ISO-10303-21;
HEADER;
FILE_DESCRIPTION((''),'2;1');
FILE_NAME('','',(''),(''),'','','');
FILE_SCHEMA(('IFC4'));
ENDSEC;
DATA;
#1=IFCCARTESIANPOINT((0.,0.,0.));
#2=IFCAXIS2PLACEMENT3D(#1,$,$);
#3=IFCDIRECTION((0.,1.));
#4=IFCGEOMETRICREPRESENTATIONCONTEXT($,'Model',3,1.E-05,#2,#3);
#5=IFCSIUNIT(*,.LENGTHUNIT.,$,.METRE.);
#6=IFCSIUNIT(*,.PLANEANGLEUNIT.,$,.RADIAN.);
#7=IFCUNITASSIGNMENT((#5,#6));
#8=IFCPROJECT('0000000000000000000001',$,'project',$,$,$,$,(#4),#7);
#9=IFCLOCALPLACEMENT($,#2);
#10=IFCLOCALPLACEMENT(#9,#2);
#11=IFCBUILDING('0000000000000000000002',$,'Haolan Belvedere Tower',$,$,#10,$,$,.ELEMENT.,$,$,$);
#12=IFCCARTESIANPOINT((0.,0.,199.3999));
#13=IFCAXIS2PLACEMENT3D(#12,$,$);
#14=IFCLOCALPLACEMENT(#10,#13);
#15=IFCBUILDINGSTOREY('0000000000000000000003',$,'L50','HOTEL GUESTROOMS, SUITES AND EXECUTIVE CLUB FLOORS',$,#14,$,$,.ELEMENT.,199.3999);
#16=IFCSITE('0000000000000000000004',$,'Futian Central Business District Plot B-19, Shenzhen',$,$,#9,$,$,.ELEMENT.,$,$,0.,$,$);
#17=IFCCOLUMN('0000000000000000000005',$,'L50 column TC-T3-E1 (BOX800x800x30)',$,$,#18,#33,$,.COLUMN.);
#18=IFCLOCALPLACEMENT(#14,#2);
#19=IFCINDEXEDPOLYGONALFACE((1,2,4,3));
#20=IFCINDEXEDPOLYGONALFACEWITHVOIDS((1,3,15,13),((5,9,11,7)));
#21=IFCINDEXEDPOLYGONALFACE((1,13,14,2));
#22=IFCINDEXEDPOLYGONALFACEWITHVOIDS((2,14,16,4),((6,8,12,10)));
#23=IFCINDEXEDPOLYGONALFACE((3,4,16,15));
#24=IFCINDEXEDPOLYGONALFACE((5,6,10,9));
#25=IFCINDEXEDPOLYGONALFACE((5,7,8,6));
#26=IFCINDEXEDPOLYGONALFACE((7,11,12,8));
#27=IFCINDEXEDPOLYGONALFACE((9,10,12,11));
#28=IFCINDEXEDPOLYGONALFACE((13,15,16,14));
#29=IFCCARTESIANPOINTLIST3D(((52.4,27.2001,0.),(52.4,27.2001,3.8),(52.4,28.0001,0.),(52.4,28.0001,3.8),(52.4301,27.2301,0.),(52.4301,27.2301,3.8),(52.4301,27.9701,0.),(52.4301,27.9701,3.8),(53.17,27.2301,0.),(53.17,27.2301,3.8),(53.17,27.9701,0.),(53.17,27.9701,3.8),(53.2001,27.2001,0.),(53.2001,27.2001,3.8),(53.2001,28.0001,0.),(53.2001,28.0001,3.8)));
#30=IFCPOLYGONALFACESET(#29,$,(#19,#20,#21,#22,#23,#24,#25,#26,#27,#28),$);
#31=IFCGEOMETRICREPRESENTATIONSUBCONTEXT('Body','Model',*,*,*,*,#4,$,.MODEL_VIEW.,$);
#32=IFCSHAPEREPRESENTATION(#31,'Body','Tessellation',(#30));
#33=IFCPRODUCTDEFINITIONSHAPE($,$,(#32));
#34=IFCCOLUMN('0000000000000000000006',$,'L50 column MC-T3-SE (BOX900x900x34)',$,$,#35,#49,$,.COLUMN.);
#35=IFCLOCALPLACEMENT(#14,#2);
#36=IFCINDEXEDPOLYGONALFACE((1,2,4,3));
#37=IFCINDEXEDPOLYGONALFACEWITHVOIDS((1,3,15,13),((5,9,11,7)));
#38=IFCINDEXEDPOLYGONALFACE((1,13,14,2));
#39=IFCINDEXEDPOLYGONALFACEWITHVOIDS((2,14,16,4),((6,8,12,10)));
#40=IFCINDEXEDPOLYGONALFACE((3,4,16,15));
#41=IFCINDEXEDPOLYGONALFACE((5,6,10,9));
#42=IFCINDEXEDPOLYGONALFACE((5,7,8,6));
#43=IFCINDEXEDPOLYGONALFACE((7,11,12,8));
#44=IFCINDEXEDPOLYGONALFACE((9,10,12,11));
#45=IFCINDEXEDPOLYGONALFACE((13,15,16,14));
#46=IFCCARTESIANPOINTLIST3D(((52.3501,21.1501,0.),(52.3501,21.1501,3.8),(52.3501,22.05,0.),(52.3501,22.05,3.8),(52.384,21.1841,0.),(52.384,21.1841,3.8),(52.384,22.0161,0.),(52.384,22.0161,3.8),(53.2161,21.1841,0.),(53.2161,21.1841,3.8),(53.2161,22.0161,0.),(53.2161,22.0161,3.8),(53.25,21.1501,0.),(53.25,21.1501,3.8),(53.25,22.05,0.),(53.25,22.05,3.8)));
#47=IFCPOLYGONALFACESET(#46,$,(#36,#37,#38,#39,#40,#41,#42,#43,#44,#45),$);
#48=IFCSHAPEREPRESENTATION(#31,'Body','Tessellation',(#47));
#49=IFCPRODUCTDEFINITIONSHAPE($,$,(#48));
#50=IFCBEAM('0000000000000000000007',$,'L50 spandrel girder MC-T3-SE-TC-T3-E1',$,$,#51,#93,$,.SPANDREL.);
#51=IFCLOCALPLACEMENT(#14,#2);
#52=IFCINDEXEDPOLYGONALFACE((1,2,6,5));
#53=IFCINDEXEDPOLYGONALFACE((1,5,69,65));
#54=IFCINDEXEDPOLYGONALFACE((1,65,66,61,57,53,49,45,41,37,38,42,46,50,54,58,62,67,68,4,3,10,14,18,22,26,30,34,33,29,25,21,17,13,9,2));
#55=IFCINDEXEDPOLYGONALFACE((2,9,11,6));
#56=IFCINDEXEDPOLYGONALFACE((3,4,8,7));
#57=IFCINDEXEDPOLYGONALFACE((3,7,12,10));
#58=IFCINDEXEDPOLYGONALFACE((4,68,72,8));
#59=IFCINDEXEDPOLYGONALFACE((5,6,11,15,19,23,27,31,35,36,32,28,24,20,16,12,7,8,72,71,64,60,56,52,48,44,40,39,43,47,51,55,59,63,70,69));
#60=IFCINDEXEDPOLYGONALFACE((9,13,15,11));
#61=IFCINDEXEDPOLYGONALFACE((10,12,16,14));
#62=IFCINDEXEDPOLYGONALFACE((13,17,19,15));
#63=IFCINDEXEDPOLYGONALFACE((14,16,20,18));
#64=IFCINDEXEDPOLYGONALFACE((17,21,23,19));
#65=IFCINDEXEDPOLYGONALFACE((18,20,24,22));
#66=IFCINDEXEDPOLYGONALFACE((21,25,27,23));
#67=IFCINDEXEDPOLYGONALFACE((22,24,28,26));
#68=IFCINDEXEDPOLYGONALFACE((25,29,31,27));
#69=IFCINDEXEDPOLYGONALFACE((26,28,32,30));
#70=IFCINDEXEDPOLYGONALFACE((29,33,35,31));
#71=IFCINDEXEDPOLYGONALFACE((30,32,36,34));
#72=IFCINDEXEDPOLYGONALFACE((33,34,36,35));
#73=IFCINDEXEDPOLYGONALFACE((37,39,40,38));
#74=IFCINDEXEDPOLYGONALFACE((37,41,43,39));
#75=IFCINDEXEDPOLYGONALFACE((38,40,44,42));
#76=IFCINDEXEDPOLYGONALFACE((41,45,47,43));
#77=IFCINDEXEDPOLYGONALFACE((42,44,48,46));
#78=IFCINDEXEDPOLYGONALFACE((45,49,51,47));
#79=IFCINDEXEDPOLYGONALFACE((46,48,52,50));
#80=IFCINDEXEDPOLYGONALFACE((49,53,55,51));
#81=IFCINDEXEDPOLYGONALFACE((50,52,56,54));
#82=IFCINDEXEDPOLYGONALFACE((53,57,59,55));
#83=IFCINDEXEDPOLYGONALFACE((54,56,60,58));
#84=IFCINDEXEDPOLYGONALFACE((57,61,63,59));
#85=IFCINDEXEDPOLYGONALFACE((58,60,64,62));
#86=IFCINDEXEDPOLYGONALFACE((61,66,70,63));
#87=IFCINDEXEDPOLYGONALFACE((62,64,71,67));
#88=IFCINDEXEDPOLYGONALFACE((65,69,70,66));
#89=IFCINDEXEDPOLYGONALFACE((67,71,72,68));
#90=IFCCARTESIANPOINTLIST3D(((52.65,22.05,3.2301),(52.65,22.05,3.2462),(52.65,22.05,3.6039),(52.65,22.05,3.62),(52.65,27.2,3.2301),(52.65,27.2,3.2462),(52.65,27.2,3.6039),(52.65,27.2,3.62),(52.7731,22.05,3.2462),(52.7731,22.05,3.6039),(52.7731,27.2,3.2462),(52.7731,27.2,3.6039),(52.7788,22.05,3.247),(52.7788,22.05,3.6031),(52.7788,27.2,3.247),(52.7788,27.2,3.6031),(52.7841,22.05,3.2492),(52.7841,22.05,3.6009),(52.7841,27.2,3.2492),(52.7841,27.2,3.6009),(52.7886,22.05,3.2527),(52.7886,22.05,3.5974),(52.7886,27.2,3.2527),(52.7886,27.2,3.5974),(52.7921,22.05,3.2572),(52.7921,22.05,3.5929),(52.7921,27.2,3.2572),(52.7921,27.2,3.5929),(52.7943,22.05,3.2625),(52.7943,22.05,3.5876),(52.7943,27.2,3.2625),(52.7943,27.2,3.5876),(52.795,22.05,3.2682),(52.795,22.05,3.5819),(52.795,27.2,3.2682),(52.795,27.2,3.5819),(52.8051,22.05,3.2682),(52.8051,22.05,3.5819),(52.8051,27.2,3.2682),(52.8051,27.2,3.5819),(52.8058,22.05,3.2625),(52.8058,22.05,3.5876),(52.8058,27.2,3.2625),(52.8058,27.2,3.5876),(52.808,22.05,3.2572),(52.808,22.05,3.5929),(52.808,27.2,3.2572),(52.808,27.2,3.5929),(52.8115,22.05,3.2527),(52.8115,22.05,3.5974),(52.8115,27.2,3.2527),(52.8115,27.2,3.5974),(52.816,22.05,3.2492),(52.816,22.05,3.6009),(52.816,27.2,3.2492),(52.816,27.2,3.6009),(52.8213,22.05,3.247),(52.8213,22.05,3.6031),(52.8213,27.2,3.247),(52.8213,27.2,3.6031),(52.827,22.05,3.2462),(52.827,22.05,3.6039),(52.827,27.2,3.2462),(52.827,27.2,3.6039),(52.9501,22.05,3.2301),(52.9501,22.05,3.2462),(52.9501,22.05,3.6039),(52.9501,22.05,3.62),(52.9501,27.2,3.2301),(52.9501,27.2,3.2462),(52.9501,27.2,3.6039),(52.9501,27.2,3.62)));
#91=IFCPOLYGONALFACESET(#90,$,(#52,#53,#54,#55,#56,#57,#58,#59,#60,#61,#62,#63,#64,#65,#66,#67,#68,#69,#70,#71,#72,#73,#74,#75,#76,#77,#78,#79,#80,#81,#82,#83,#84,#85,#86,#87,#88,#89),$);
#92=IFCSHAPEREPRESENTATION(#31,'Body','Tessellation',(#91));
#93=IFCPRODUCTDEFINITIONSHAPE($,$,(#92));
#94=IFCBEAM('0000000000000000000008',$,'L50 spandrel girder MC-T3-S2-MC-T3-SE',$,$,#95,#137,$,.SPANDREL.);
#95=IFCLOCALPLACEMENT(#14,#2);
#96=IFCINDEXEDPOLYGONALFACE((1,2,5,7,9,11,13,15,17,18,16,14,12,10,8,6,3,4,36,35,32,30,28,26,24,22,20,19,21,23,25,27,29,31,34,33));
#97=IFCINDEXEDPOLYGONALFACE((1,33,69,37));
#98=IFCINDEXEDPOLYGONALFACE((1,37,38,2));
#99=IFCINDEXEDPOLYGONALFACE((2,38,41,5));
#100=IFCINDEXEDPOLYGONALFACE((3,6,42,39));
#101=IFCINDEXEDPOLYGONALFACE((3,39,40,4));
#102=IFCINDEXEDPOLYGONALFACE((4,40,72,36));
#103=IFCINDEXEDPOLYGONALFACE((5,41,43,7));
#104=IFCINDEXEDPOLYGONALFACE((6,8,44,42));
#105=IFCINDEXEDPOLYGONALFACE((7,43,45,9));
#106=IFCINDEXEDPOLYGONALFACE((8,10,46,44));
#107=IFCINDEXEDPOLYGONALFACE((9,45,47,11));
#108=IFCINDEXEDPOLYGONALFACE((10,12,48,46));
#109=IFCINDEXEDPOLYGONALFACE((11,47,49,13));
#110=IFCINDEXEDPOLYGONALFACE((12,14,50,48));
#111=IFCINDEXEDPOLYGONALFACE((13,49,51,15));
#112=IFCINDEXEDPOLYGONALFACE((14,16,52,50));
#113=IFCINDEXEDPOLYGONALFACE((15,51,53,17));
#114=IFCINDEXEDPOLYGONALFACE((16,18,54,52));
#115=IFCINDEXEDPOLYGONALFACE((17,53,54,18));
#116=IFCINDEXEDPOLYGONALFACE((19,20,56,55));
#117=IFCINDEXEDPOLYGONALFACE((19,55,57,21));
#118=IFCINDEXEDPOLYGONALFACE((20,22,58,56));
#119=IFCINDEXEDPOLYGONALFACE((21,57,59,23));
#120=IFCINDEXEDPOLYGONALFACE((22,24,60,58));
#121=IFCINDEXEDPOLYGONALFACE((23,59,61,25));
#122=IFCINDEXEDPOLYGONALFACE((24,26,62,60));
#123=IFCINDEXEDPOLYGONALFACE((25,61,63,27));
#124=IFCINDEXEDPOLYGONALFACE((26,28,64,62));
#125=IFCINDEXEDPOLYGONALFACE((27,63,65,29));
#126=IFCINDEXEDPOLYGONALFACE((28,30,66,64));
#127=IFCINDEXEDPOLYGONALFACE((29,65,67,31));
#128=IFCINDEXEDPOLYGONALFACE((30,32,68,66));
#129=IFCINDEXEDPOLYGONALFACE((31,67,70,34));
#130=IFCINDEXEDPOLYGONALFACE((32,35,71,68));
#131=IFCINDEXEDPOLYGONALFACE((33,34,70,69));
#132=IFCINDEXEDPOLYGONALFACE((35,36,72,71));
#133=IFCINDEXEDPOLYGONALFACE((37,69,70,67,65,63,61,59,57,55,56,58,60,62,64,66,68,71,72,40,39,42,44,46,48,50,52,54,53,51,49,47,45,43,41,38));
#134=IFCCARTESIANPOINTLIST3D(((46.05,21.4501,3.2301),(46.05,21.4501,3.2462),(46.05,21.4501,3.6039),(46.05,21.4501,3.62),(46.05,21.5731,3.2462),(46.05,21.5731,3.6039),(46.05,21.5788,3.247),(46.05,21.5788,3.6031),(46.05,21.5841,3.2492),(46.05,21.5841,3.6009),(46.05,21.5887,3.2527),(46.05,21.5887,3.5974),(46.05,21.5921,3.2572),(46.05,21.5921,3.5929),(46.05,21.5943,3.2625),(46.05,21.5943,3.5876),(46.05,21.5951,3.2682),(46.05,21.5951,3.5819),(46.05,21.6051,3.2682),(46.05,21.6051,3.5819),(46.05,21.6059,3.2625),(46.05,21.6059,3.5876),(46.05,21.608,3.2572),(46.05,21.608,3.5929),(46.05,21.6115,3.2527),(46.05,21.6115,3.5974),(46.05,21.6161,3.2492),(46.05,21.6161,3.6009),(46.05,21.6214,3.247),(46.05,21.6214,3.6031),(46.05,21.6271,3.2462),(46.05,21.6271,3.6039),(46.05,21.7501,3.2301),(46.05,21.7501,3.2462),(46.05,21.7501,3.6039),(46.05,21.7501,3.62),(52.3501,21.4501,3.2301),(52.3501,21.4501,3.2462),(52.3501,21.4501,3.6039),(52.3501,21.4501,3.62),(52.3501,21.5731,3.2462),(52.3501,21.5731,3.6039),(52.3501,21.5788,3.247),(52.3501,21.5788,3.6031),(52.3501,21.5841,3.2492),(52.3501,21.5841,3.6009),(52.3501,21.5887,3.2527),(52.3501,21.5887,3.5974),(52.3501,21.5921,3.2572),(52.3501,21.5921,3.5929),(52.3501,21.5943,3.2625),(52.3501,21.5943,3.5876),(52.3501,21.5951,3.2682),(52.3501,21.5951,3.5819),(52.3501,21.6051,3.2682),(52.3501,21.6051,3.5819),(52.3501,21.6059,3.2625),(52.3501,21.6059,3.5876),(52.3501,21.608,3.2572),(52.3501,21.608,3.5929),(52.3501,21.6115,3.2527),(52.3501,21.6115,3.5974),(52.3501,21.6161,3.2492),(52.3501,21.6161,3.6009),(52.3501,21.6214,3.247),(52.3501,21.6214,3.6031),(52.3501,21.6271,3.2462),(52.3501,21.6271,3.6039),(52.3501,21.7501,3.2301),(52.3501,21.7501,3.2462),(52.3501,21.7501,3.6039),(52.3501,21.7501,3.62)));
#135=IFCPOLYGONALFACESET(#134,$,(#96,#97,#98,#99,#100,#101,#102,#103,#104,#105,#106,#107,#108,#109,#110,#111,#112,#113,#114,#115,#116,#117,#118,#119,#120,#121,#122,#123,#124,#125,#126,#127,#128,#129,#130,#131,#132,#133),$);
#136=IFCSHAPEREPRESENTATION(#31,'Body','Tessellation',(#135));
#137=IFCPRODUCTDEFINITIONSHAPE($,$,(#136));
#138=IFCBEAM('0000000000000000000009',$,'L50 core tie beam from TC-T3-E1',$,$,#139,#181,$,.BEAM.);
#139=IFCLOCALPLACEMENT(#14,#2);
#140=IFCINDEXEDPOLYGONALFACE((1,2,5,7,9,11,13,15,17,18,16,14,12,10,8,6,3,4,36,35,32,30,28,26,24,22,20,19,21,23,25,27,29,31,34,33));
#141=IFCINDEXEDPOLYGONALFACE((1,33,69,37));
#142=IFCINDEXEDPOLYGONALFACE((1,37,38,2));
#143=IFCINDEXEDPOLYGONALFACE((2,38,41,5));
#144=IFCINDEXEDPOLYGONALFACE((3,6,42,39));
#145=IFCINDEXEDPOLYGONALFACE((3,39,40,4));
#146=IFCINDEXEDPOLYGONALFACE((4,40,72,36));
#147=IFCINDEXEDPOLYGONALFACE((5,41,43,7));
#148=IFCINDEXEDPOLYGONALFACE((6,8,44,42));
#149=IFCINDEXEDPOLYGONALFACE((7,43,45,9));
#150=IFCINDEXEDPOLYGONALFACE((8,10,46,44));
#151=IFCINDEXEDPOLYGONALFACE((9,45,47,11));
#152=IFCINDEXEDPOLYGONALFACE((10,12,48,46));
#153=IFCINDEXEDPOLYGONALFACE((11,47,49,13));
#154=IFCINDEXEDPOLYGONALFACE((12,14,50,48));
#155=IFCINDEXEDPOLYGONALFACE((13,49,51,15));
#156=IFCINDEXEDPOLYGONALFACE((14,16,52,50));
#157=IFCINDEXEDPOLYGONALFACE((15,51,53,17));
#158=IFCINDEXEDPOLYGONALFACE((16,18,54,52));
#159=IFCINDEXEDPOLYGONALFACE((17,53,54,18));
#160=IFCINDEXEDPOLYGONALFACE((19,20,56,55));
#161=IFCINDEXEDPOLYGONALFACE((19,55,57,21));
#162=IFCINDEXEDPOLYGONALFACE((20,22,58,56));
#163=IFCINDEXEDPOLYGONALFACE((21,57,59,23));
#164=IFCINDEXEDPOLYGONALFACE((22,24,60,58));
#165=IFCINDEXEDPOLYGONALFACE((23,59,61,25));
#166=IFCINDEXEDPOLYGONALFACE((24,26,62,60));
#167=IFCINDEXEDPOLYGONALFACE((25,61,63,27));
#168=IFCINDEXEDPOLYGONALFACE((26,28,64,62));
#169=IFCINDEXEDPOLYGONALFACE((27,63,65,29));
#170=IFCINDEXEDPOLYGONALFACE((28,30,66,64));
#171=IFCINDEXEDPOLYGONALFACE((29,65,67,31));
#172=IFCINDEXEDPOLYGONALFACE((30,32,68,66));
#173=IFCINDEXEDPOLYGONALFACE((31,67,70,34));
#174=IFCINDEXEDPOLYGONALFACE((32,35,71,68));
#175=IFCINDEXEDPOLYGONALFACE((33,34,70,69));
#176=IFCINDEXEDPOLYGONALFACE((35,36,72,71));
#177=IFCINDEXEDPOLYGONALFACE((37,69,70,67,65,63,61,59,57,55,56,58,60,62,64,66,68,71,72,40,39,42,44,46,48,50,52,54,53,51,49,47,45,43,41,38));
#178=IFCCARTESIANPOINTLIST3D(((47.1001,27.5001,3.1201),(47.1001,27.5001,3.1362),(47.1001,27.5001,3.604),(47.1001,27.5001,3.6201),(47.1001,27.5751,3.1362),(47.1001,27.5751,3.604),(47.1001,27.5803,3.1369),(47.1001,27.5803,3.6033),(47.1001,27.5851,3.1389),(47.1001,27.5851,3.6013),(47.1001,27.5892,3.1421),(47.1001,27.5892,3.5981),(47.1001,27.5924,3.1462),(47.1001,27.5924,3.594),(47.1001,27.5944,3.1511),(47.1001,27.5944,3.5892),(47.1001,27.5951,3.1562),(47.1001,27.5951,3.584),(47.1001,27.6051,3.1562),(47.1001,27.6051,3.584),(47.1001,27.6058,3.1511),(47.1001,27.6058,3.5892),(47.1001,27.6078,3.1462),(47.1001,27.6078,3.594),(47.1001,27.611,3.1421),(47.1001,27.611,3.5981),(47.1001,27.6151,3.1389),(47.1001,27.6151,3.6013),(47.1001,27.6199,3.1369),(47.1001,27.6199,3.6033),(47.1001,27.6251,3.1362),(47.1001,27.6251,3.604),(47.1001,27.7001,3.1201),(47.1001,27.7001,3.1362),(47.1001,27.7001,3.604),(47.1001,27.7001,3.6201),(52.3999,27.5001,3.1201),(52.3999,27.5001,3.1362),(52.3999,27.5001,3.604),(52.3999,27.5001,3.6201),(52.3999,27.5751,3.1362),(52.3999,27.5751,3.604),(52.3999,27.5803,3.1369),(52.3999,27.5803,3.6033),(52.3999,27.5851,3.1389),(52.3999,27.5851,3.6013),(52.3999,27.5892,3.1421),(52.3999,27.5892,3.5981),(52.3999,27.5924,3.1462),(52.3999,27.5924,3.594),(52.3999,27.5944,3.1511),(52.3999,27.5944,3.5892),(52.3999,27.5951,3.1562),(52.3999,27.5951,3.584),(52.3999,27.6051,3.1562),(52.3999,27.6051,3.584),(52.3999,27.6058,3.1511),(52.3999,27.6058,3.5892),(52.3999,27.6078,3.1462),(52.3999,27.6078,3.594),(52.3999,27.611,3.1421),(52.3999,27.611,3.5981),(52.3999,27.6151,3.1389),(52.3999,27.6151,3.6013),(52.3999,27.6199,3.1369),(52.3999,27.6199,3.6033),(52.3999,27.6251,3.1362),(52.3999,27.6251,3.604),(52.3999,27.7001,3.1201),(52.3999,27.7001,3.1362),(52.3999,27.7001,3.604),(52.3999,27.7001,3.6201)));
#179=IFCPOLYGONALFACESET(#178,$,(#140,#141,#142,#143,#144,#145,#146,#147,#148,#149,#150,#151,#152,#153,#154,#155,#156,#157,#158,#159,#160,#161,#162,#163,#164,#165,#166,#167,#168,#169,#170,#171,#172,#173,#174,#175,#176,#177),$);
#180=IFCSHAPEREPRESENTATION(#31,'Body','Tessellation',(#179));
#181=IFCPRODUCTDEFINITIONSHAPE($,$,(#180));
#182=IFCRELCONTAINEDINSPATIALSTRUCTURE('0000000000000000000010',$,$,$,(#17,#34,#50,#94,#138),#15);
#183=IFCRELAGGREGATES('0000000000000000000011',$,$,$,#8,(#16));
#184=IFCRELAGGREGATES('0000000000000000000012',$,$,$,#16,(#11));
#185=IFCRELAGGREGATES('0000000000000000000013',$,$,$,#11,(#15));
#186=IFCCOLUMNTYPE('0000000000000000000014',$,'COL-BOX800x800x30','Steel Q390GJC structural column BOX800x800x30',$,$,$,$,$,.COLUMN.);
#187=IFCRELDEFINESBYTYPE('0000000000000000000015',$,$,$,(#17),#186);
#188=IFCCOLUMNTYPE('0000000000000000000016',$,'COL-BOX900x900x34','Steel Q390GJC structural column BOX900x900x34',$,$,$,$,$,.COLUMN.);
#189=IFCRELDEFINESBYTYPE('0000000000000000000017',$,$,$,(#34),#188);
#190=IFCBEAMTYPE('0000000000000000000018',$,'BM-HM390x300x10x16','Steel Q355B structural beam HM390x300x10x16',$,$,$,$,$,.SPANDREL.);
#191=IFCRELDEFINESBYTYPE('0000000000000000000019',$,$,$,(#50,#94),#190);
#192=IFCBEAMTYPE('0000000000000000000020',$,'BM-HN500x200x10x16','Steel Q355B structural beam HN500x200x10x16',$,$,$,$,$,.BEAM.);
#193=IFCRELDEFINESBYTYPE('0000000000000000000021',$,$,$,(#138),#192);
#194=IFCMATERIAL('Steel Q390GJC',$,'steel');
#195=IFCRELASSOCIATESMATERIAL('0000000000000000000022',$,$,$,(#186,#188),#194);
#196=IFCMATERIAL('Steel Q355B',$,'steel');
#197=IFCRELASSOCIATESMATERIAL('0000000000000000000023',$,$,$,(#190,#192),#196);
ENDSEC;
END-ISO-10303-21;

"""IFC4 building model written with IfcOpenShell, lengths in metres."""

from ifc_helpers import new_model, si_unit, direction, frame, origin, origin_2d, place, context, subcontext, project, spatial, hollow_rectangle, i_section, extrude, material, material_profile, profile_set, type_object, element, save


model = new_model("IFC4")

# Units and contexts
model_context = context("Model", 3, precision=1e-05, world=origin(), true_north=direction((0.0, 1.0)))
body_context = subcontext(model_context, "Body", "Model", "MODEL_VIEW")
ifc_project = project(units=[si_unit("LENGTHUNIT", "METRE"), si_unit("PLANEANGLEUNIT", "RADIAN")], contexts=[model_context])

# Site, building, storey
site_placement = place(None, origin())
site = spatial("IfcSite", under=ifc_project, at=site_placement, Name="Futian Central Business District Plot B-19, Shenzhen", CompositionType="ELEMENT", RefElevation=0.0)
building_placement = place(site_placement, origin())
building = spatial("IfcBuilding", under=site, at=building_placement, Name="Haolan Belvedere Tower", CompositionType="ELEMENT")
storey_placement = place(building_placement, frame((0.0, 0.0, 199.3999)))
storey = spatial("IfcBuildingStorey", under=building, at=storey_placement, Name="L50", Description="HOTEL GUESTROOMS, SUITES AND EXECUTIVE CLUB FLOORS", CompositionType="ELEMENT", Elevation=199.3999)

# Columns
ifc_material_1 = material(Name="Steel Q390GJC", Category="steel")
ifc_material_profile_1 = material_profile(ifc_material_1, hollow_rectangle(XDim=0.8, YDim=0.8, WallThickness=0.03, at=origin_2d()), Name="Steel Q390GJC")
ifc_profile_set_1 = profile_set([ifc_material_profile_1], Name="Steel Q390GJC")
column_type_1 = type_object("IfcColumnType", Name="COL-BOX800x800x30", Description="Steel Q390GJC structural column BOX800x800x30", PredefinedType="COLUMN", material=ifc_profile_set_1)
column_1_placement = place(storey_placement, frame((52.8, 27.6001, 0.0), z_axis=(0.0, 0.0, 1.0), x_axis=(1.0, 0.0, 0.0)))
element("IfcColumn", 1, at=column_1_placement, inside=storey, type_object=column_type_1, Name="L50 column TC-T3-E1 (BOX800x800x30)", PredefinedType="COLUMN", context=body_context, shape_type="SweptSolid", body=[
    extrude(hollow_rectangle(XDim=0.8, YDim=0.8, WallThickness=0.03, at=origin_2d()), origin(), (0.0, 0.0, 1.0), 3.8),
])
ifc_material_profile_2 = material_profile(ifc_material_1, hollow_rectangle(XDim=0.8999, YDim=0.8999, WallThickness=0.0339, at=origin_2d()), Name="Steel Q390GJC")
ifc_profile_set_2 = profile_set([ifc_material_profile_2], Name="Steel Q390GJC")
column_type_2 = type_object("IfcColumnType", Name="COL-BOX900x900x34", Description="Steel Q390GJC structural column BOX900x900x34", PredefinedType="COLUMN", material=ifc_profile_set_2)
column_2_placement = place(storey_placement, frame((52.8, 21.6001, 0.0), z_axis=(0.0, 0.0, 1.0), x_axis=(1.0, 0.0, 0.0)))
element("IfcColumn", 2, at=column_2_placement, inside=storey, type_object=column_type_2, Name="L50 column MC-T3-SE (BOX900x900x34)", PredefinedType="COLUMN", context=body_context, shape_type="SweptSolid", body=[
    extrude(hollow_rectangle(XDim=0.8999, YDim=0.8999, WallThickness=0.0339, at=origin_2d()), origin(), (0.0, 0.0, 1.0), 3.8),
])

# Beams
ifc_material_2 = material(Name="Steel Q355B", Category="steel")
ifc_material_profile_3 = material_profile(ifc_material_2, i_section(OverallWidth=0.3, OverallDepth=0.3899, WebThickness=0.01, FlangeThickness=0.0161, FilletRadius=0.022, at=origin_2d()), Name="Steel Q355B")
ifc_profile_set_3 = profile_set([ifc_material_profile_3], Name="Steel Q355B")
beam_type_1 = type_object("IfcBeamType", Name="BM-HM390x300x10x16", Description="Steel Q355B structural beam HM390x300x10x16", PredefinedType="SPANDREL", material=ifc_profile_set_3)
beam_1_placement = place(storey_placement, frame((52.8, 22.05, 3.425), z_axis=(0.0, 1.0, 0.0), x_axis=(-1.0, 0.0, 0.0)))
element("IfcBeam", 3, at=beam_1_placement, inside=storey, type_object=beam_type_1, Name="L50 spandrel girder MC-T3-SE-TC-T3-E1", PredefinedType="SPANDREL", context=body_context, shape_type="SweptSolid", body=[
    extrude(i_section(OverallWidth=0.3, OverallDepth=0.3899, WebThickness=0.01, FlangeThickness=0.0161, FilletRadius=0.022, at=origin_2d()), origin(), (0.0, 0.0, 1.0), 5.1499),
])
beam_2_placement = place(storey_placement, frame((46.05, 21.6001, 3.425), z_axis=(1.0, 0.0, 0.0), x_axis=(0.0, 1.0, 0.0)))
element("IfcBeam", 4, at=beam_2_placement, inside=storey, type_object=beam_type_1, Name="L50 spandrel girder MC-T3-S2-MC-T3-SE", PredefinedType="SPANDREL", context=body_context, shape_type="SweptSolid", body=[
    extrude(i_section(OverallWidth=0.3, OverallDepth=0.3899, WebThickness=0.01, FlangeThickness=0.0161, FilletRadius=0.022, at=origin_2d()), origin(), (0.0, 0.0, 1.0), 6.3),
])
ifc_material_profile_4 = material_profile(ifc_material_2, i_section(OverallWidth=0.2, OverallDepth=0.5, WebThickness=0.01, FlangeThickness=0.0161, FilletRadius=0.02, at=origin_2d()), Name="Steel Q355B")
ifc_profile_set_4 = profile_set([ifc_material_profile_4], Name="Steel Q355B")
beam_type_2 = type_object("IfcBeamType", Name="BM-HN500x200x10x16", Description="Steel Q355B structural beam HN500x200x10x16", PredefinedType="BEAM", material=ifc_profile_set_4)
beam_3_placement = place(storey_placement, frame((52.3999, 27.6001, 3.3701), z_axis=(-1.0, 0.0, 0.0), x_axis=(0.0, -1.0, 0.0)))
element("IfcBeam", 5, at=beam_3_placement, inside=storey, type_object=beam_type_2, Name="L50 core tie beam from TC-T3-E1", PredefinedType="BEAM", context=body_context, shape_type="SweptSolid", body=[
    extrude(i_section(OverallWidth=0.2, OverallDepth=0.5, WebThickness=0.01, FlangeThickness=0.0161, FilletRadius=0.02, at=origin_2d()), origin(), (0.0, 0.0, 1.0), 5.2998),
])

save(model, "model.ifc")
